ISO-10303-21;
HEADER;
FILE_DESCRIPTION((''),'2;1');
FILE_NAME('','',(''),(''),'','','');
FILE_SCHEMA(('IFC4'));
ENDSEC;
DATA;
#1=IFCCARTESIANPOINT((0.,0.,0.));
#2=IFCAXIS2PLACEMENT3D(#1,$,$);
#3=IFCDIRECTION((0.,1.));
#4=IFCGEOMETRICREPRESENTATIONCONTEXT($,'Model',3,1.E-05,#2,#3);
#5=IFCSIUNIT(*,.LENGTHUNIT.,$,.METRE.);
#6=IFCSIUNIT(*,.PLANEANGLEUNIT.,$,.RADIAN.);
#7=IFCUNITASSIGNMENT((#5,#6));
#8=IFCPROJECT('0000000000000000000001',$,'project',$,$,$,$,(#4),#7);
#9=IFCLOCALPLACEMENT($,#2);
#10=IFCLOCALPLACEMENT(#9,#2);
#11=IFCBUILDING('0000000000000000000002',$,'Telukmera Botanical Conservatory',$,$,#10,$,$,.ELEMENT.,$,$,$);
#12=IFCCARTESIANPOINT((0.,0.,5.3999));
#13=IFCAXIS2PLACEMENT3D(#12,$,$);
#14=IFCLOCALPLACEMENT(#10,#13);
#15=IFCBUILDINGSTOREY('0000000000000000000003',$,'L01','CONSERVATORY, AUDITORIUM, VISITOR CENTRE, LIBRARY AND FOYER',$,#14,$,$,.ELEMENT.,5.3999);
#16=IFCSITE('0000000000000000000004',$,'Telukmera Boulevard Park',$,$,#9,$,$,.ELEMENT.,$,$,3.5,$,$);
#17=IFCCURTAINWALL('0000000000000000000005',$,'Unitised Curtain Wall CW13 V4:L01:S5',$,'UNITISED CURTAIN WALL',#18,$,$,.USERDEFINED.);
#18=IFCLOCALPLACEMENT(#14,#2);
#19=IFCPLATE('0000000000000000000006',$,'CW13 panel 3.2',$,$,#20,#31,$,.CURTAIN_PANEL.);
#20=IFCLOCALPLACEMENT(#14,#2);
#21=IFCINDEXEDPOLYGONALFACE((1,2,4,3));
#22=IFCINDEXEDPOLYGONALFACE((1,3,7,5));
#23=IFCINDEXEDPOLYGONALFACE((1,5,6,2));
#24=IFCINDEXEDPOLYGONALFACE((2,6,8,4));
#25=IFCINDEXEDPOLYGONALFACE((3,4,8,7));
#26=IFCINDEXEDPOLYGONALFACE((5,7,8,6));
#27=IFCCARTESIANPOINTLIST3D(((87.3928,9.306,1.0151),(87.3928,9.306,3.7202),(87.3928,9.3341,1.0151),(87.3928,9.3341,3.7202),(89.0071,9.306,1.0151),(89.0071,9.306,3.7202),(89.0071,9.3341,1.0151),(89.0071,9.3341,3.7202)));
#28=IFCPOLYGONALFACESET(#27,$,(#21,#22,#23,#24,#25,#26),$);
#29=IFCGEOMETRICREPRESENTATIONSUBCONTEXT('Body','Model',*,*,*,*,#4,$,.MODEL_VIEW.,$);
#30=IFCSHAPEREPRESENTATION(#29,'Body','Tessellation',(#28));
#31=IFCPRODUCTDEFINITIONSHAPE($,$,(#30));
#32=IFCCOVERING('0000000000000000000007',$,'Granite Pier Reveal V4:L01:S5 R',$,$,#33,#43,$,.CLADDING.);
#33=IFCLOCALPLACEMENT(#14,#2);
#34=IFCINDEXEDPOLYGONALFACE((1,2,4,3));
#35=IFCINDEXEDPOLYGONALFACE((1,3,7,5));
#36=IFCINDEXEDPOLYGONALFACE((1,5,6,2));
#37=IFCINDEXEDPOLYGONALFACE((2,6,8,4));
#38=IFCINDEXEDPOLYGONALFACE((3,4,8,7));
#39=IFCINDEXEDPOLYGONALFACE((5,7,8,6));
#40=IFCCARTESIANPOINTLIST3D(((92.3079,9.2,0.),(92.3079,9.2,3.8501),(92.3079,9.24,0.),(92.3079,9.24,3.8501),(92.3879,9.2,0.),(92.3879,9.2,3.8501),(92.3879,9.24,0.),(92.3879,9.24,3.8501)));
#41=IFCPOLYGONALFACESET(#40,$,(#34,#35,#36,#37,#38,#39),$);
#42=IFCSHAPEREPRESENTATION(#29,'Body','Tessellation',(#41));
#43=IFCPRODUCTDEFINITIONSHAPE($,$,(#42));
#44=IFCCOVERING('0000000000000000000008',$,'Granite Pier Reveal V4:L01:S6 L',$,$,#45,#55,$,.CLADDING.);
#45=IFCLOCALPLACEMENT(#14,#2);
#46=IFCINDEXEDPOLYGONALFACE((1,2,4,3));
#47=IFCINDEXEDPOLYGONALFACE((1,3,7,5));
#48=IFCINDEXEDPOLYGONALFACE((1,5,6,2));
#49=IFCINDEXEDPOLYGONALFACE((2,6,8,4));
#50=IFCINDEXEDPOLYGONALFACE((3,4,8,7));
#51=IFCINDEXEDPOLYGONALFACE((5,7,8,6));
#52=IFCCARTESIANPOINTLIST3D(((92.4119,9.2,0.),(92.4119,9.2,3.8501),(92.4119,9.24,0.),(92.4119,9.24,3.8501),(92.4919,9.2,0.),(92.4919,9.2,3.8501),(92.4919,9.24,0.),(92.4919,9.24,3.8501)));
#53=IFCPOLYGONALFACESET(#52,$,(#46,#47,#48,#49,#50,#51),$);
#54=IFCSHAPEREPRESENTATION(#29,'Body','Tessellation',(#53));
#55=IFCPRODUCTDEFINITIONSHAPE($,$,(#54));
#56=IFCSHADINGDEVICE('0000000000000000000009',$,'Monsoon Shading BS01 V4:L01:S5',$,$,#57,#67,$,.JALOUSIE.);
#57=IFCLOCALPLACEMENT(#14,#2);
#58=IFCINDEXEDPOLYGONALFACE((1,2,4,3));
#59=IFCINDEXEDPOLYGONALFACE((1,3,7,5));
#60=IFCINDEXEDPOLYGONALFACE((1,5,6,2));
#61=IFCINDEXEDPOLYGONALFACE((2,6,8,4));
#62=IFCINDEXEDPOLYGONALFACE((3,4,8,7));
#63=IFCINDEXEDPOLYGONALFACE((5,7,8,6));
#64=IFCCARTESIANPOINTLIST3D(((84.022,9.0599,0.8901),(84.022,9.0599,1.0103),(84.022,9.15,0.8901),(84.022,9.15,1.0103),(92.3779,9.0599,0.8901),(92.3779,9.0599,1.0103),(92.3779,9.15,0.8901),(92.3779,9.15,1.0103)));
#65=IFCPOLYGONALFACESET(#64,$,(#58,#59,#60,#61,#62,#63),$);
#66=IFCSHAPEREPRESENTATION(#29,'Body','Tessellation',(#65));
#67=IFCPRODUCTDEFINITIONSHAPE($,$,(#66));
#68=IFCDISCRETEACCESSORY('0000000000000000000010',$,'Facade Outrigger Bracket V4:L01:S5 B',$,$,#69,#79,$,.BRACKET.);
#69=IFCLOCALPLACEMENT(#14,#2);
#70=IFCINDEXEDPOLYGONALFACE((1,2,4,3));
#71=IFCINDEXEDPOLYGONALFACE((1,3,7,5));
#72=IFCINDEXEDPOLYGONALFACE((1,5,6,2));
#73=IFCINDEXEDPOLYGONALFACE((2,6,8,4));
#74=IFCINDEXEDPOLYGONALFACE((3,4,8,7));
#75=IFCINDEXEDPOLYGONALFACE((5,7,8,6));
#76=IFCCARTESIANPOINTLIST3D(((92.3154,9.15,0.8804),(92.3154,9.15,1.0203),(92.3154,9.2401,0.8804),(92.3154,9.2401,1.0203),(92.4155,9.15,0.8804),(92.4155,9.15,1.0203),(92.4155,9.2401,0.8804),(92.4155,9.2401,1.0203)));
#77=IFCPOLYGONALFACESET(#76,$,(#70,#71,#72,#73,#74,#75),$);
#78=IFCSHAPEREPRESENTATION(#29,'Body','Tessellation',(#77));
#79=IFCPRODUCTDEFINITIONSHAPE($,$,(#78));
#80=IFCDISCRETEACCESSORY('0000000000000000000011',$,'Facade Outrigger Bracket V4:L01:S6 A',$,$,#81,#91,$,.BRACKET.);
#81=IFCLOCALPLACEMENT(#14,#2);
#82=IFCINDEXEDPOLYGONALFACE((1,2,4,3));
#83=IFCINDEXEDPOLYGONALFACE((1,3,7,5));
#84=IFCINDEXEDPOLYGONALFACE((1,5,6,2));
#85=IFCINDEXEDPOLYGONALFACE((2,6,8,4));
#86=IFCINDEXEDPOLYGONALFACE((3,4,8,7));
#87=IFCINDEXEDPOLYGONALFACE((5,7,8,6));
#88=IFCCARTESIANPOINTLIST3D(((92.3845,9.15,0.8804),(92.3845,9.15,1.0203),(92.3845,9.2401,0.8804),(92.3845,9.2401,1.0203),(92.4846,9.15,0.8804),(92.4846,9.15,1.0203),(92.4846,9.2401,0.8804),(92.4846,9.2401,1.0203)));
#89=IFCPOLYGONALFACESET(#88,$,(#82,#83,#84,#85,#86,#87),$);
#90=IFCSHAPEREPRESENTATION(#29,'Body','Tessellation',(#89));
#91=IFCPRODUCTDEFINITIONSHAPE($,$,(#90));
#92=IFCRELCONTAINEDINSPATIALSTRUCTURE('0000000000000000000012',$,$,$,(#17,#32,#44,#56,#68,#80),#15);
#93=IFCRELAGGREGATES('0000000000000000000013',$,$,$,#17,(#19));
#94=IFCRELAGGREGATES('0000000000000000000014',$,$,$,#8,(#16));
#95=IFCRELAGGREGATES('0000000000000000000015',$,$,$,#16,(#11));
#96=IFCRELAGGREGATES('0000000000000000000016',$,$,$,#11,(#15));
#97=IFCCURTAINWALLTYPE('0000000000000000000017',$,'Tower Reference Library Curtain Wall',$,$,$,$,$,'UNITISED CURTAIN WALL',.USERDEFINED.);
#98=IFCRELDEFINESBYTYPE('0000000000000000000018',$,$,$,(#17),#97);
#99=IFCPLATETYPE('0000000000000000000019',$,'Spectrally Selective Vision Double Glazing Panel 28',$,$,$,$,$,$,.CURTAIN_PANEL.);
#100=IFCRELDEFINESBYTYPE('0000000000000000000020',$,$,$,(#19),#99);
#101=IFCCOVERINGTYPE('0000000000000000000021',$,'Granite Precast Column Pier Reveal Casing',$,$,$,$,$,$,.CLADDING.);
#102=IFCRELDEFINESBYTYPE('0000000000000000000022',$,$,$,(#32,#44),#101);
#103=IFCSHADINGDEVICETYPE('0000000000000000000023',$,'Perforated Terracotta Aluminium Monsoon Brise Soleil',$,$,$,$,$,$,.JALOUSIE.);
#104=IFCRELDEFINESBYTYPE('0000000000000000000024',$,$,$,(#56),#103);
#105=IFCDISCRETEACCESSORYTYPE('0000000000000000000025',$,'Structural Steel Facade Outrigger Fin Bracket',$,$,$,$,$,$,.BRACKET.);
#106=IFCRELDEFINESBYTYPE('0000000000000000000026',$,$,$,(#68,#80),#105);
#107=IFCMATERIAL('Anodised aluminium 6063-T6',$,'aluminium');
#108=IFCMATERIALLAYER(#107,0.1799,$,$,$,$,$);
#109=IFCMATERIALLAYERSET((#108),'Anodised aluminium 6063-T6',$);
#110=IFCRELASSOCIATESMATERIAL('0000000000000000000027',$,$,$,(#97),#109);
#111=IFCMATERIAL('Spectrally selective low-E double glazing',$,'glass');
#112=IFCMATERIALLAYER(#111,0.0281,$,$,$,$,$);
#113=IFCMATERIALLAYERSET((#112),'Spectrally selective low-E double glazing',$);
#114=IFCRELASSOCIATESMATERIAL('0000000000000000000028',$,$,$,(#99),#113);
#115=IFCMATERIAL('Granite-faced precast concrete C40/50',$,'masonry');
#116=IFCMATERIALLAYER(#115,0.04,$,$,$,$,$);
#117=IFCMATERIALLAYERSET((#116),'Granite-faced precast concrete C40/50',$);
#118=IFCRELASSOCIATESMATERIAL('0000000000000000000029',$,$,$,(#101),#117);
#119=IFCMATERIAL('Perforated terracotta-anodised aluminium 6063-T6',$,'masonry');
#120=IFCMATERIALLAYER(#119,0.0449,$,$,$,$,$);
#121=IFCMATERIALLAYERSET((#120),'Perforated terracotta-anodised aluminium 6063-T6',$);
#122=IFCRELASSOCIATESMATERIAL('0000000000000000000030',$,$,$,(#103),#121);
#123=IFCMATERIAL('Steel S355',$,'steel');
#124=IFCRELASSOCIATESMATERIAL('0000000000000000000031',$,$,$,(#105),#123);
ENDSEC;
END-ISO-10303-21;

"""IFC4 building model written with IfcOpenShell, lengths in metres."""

from ifc_helpers import new_model, si_unit, direction, frame, origin, origin_2d, place, context, subcontext, project, spatial, rectangle, extrude, material, layer, layer_set, type_object, element, aggregate, save


model = new_model("IFC4")

# Units and contexts
model_context = context("Model", 3, precision=1e-05, world=origin(), true_north=direction((0.0, 1.0)))
body_context = subcontext(model_context, "Body", "Model", "MODEL_VIEW")
ifc_project = project(units=[si_unit("LENGTHUNIT", "METRE"), si_unit("PLANEANGLEUNIT", "RADIAN")], contexts=[model_context])

# Site, building, storey
site_placement = place(None, origin())
site = spatial("IfcSite", under=ifc_project, at=site_placement, Name="Telukmera Boulevard Park", CompositionType="ELEMENT", RefElevation=3.5)
building_placement = place(site_placement, origin())
building = spatial("IfcBuilding", under=site, at=building_placement, Name="Telukmera Botanical Conservatory", CompositionType="ELEMENT")
storey_placement = place(building_placement, frame((0.0, 0.0, 5.3999)))
storey = spatial("IfcBuildingStorey", under=building, at=storey_placement, Name="L01", Description="CONSERVATORY, AUDITORIUM, VISITOR CENTRE, LIBRARY AND FOYER", CompositionType="ELEMENT", Elevation=5.3999)

# Curtain wall, plate
ifc_material_1 = material(Name="Anodised aluminium 6063-T6", Category="aluminium")
ifc_layer_1 = layer(ifc_material_1, 0.1799)
ifc_layer_set_1 = layer_set([ifc_layer_1], Name="Anodised aluminium 6063-T6")
curtain_wall_type = type_object("IfcCurtainWallType", Name="Tower Reference Library Curtain Wall", ElementType="UNITISED CURTAIN WALL", PredefinedType="USERDEFINED", material=ifc_layer_set_1)
curtain_wall_placement = place(storey_placement, origin())
curtain_wall = element("IfcCurtainWall", 1, at=curtain_wall_placement, inside=storey, type_object=curtain_wall_type, Name="Unitised Curtain Wall CW13 V4:L01:S5", ObjectType="UNITISED CURTAIN WALL", PredefinedType="USERDEFINED")
ifc_material_2 = material(Name="Spectrally selective low-E double glazing", Category="glass")
ifc_layer_2 = layer(ifc_material_2, 0.0281)
ifc_layer_set_2 = layer_set([ifc_layer_2], Name="Spectrally selective low-E double glazing")
plate_type = type_object("IfcPlateType", Name="Spectrally Selective Vision Double Glazing Panel 28", PredefinedType="CURTAIN_PANEL", material=ifc_layer_set_2)
plate_1_placement = place(storey_placement, frame((88.2, 9.3201, 1.0151), z_axis=(0.0, 0.0, 1.0), x_axis=(1.0, 0.0, 0.0)))
plate_1 = element("IfcPlate", 2, at=plate_1_placement, type_object=plate_type, Name="CW13 panel 3.2", PredefinedType="CURTAIN_PANEL", context=body_context, shape_type="SweptSolid", body=[
    extrude(rectangle(XDim=1.6143, YDim=0.0281, at=origin_2d()), origin(), (0.0, 0.0, 1.0), 2.7051),
])
aggregate(curtain_wall, [plate_1])

# Coverings
ifc_material_3 = material(Name="Granite-faced precast concrete C40/50", Category="masonry")
ifc_layer_3 = layer(ifc_material_3, 0.04)
ifc_layer_set_3 = layer_set([ifc_layer_3], Name="Granite-faced precast concrete C40/50")
covering_type = type_object("IfcCoveringType", Name="Granite Precast Column Pier Reveal Casing", PredefinedType="CLADDING", material=ifc_layer_set_3)
for number, where, z_axis, x_axis, name in (
    (3, (92.3479, 9.22, 0.0), (0.0, 0.0, 1.0), (1.0, 0.0, 0.0), "Granite Pier Reveal V4:L01:S5 R"),
    (4, (92.4519, 9.22, 0.0), (0.0, 0.0, 1.0), (1.0, 0.0, 0.0), "Granite Pier Reveal V4:L01:S6 L"),
):
    element("IfcCovering", number, at=place(storey_placement, frame(where, z_axis=z_axis, x_axis=x_axis)), inside=storey, type_object=covering_type, Name=name, PredefinedType="CLADDING", context=body_context, shape_type="SweptSolid", body=[
        extrude(rectangle(XDim=0.0801, YDim=0.04, at=origin_2d()), origin(), (0.0, 0.0, 1.0), 3.8501),
    ])

# Shading device
ifc_material_4 = material(Name="Perforated terracotta-anodised aluminium 6063-T6", Category="masonry")
ifc_layer_4 = layer(ifc_material_4, 0.0449)
ifc_layer_set_4 = layer_set([ifc_layer_4], Name="Perforated terracotta-anodised aluminium 6063-T6")
shading_device_type = type_object("IfcShadingDeviceType", Name="Perforated Terracotta Aluminium Monsoon Brise Soleil", PredefinedType="JALOUSIE", material=ifc_layer_set_4)
shading_device_placement = place(storey_placement, frame((88.2, 9.105, 0.8901), z_axis=(0.0, 0.0, 1.0), x_axis=(1.0, 0.0, 0.0)))
element("IfcShadingDevice", 5, at=shading_device_placement, inside=storey, type_object=shading_device_type, Name="Monsoon Shading BS01 V4:L01:S5", PredefinedType="JALOUSIE", context=body_context, shape_type="SweptSolid", body=[
    extrude(rectangle(XDim=8.356, YDim=0.0901, at=origin_2d()), origin(), (0.0, 0.0, 1.0), 0.1201),
])

# Discrete accessories
ifc_material_5 = material(Name="Steel S355", Category="steel")
discrete_accessory_type = type_object("IfcDiscreteAccessoryType", Name="Structural Steel Facade Outrigger Fin Bracket", PredefinedType="BRACKET", material=ifc_material_5)
for number, where, z_axis, x_axis, name in (
    (6, (92.3655, 9.1951, 0.8804), (0.0, 0.0, 1.0), (1.0, 0.0, 0.0), "Facade Outrigger Bracket V4:L01:S5 B"),
    (7, (92.4346, 9.1951, 0.8804), (0.0, 0.0, 1.0), (1.0, 0.0, 0.0), "Facade Outrigger Bracket V4:L01:S6 A"),
):
    element("IfcDiscreteAccessory", number, at=place(storey_placement, frame(where, z_axis=z_axis, x_axis=x_axis)), inside=storey, type_object=discrete_accessory_type, Name=name, PredefinedType="BRACKET", context=body_context, shape_type="SweptSolid", body=[
        extrude(rectangle(XDim=0.1001, YDim=0.0901, at=origin_2d()), origin(), (0.0, 0.0, 1.0), 0.1399),
    ])

save(model, "model.ifc")
